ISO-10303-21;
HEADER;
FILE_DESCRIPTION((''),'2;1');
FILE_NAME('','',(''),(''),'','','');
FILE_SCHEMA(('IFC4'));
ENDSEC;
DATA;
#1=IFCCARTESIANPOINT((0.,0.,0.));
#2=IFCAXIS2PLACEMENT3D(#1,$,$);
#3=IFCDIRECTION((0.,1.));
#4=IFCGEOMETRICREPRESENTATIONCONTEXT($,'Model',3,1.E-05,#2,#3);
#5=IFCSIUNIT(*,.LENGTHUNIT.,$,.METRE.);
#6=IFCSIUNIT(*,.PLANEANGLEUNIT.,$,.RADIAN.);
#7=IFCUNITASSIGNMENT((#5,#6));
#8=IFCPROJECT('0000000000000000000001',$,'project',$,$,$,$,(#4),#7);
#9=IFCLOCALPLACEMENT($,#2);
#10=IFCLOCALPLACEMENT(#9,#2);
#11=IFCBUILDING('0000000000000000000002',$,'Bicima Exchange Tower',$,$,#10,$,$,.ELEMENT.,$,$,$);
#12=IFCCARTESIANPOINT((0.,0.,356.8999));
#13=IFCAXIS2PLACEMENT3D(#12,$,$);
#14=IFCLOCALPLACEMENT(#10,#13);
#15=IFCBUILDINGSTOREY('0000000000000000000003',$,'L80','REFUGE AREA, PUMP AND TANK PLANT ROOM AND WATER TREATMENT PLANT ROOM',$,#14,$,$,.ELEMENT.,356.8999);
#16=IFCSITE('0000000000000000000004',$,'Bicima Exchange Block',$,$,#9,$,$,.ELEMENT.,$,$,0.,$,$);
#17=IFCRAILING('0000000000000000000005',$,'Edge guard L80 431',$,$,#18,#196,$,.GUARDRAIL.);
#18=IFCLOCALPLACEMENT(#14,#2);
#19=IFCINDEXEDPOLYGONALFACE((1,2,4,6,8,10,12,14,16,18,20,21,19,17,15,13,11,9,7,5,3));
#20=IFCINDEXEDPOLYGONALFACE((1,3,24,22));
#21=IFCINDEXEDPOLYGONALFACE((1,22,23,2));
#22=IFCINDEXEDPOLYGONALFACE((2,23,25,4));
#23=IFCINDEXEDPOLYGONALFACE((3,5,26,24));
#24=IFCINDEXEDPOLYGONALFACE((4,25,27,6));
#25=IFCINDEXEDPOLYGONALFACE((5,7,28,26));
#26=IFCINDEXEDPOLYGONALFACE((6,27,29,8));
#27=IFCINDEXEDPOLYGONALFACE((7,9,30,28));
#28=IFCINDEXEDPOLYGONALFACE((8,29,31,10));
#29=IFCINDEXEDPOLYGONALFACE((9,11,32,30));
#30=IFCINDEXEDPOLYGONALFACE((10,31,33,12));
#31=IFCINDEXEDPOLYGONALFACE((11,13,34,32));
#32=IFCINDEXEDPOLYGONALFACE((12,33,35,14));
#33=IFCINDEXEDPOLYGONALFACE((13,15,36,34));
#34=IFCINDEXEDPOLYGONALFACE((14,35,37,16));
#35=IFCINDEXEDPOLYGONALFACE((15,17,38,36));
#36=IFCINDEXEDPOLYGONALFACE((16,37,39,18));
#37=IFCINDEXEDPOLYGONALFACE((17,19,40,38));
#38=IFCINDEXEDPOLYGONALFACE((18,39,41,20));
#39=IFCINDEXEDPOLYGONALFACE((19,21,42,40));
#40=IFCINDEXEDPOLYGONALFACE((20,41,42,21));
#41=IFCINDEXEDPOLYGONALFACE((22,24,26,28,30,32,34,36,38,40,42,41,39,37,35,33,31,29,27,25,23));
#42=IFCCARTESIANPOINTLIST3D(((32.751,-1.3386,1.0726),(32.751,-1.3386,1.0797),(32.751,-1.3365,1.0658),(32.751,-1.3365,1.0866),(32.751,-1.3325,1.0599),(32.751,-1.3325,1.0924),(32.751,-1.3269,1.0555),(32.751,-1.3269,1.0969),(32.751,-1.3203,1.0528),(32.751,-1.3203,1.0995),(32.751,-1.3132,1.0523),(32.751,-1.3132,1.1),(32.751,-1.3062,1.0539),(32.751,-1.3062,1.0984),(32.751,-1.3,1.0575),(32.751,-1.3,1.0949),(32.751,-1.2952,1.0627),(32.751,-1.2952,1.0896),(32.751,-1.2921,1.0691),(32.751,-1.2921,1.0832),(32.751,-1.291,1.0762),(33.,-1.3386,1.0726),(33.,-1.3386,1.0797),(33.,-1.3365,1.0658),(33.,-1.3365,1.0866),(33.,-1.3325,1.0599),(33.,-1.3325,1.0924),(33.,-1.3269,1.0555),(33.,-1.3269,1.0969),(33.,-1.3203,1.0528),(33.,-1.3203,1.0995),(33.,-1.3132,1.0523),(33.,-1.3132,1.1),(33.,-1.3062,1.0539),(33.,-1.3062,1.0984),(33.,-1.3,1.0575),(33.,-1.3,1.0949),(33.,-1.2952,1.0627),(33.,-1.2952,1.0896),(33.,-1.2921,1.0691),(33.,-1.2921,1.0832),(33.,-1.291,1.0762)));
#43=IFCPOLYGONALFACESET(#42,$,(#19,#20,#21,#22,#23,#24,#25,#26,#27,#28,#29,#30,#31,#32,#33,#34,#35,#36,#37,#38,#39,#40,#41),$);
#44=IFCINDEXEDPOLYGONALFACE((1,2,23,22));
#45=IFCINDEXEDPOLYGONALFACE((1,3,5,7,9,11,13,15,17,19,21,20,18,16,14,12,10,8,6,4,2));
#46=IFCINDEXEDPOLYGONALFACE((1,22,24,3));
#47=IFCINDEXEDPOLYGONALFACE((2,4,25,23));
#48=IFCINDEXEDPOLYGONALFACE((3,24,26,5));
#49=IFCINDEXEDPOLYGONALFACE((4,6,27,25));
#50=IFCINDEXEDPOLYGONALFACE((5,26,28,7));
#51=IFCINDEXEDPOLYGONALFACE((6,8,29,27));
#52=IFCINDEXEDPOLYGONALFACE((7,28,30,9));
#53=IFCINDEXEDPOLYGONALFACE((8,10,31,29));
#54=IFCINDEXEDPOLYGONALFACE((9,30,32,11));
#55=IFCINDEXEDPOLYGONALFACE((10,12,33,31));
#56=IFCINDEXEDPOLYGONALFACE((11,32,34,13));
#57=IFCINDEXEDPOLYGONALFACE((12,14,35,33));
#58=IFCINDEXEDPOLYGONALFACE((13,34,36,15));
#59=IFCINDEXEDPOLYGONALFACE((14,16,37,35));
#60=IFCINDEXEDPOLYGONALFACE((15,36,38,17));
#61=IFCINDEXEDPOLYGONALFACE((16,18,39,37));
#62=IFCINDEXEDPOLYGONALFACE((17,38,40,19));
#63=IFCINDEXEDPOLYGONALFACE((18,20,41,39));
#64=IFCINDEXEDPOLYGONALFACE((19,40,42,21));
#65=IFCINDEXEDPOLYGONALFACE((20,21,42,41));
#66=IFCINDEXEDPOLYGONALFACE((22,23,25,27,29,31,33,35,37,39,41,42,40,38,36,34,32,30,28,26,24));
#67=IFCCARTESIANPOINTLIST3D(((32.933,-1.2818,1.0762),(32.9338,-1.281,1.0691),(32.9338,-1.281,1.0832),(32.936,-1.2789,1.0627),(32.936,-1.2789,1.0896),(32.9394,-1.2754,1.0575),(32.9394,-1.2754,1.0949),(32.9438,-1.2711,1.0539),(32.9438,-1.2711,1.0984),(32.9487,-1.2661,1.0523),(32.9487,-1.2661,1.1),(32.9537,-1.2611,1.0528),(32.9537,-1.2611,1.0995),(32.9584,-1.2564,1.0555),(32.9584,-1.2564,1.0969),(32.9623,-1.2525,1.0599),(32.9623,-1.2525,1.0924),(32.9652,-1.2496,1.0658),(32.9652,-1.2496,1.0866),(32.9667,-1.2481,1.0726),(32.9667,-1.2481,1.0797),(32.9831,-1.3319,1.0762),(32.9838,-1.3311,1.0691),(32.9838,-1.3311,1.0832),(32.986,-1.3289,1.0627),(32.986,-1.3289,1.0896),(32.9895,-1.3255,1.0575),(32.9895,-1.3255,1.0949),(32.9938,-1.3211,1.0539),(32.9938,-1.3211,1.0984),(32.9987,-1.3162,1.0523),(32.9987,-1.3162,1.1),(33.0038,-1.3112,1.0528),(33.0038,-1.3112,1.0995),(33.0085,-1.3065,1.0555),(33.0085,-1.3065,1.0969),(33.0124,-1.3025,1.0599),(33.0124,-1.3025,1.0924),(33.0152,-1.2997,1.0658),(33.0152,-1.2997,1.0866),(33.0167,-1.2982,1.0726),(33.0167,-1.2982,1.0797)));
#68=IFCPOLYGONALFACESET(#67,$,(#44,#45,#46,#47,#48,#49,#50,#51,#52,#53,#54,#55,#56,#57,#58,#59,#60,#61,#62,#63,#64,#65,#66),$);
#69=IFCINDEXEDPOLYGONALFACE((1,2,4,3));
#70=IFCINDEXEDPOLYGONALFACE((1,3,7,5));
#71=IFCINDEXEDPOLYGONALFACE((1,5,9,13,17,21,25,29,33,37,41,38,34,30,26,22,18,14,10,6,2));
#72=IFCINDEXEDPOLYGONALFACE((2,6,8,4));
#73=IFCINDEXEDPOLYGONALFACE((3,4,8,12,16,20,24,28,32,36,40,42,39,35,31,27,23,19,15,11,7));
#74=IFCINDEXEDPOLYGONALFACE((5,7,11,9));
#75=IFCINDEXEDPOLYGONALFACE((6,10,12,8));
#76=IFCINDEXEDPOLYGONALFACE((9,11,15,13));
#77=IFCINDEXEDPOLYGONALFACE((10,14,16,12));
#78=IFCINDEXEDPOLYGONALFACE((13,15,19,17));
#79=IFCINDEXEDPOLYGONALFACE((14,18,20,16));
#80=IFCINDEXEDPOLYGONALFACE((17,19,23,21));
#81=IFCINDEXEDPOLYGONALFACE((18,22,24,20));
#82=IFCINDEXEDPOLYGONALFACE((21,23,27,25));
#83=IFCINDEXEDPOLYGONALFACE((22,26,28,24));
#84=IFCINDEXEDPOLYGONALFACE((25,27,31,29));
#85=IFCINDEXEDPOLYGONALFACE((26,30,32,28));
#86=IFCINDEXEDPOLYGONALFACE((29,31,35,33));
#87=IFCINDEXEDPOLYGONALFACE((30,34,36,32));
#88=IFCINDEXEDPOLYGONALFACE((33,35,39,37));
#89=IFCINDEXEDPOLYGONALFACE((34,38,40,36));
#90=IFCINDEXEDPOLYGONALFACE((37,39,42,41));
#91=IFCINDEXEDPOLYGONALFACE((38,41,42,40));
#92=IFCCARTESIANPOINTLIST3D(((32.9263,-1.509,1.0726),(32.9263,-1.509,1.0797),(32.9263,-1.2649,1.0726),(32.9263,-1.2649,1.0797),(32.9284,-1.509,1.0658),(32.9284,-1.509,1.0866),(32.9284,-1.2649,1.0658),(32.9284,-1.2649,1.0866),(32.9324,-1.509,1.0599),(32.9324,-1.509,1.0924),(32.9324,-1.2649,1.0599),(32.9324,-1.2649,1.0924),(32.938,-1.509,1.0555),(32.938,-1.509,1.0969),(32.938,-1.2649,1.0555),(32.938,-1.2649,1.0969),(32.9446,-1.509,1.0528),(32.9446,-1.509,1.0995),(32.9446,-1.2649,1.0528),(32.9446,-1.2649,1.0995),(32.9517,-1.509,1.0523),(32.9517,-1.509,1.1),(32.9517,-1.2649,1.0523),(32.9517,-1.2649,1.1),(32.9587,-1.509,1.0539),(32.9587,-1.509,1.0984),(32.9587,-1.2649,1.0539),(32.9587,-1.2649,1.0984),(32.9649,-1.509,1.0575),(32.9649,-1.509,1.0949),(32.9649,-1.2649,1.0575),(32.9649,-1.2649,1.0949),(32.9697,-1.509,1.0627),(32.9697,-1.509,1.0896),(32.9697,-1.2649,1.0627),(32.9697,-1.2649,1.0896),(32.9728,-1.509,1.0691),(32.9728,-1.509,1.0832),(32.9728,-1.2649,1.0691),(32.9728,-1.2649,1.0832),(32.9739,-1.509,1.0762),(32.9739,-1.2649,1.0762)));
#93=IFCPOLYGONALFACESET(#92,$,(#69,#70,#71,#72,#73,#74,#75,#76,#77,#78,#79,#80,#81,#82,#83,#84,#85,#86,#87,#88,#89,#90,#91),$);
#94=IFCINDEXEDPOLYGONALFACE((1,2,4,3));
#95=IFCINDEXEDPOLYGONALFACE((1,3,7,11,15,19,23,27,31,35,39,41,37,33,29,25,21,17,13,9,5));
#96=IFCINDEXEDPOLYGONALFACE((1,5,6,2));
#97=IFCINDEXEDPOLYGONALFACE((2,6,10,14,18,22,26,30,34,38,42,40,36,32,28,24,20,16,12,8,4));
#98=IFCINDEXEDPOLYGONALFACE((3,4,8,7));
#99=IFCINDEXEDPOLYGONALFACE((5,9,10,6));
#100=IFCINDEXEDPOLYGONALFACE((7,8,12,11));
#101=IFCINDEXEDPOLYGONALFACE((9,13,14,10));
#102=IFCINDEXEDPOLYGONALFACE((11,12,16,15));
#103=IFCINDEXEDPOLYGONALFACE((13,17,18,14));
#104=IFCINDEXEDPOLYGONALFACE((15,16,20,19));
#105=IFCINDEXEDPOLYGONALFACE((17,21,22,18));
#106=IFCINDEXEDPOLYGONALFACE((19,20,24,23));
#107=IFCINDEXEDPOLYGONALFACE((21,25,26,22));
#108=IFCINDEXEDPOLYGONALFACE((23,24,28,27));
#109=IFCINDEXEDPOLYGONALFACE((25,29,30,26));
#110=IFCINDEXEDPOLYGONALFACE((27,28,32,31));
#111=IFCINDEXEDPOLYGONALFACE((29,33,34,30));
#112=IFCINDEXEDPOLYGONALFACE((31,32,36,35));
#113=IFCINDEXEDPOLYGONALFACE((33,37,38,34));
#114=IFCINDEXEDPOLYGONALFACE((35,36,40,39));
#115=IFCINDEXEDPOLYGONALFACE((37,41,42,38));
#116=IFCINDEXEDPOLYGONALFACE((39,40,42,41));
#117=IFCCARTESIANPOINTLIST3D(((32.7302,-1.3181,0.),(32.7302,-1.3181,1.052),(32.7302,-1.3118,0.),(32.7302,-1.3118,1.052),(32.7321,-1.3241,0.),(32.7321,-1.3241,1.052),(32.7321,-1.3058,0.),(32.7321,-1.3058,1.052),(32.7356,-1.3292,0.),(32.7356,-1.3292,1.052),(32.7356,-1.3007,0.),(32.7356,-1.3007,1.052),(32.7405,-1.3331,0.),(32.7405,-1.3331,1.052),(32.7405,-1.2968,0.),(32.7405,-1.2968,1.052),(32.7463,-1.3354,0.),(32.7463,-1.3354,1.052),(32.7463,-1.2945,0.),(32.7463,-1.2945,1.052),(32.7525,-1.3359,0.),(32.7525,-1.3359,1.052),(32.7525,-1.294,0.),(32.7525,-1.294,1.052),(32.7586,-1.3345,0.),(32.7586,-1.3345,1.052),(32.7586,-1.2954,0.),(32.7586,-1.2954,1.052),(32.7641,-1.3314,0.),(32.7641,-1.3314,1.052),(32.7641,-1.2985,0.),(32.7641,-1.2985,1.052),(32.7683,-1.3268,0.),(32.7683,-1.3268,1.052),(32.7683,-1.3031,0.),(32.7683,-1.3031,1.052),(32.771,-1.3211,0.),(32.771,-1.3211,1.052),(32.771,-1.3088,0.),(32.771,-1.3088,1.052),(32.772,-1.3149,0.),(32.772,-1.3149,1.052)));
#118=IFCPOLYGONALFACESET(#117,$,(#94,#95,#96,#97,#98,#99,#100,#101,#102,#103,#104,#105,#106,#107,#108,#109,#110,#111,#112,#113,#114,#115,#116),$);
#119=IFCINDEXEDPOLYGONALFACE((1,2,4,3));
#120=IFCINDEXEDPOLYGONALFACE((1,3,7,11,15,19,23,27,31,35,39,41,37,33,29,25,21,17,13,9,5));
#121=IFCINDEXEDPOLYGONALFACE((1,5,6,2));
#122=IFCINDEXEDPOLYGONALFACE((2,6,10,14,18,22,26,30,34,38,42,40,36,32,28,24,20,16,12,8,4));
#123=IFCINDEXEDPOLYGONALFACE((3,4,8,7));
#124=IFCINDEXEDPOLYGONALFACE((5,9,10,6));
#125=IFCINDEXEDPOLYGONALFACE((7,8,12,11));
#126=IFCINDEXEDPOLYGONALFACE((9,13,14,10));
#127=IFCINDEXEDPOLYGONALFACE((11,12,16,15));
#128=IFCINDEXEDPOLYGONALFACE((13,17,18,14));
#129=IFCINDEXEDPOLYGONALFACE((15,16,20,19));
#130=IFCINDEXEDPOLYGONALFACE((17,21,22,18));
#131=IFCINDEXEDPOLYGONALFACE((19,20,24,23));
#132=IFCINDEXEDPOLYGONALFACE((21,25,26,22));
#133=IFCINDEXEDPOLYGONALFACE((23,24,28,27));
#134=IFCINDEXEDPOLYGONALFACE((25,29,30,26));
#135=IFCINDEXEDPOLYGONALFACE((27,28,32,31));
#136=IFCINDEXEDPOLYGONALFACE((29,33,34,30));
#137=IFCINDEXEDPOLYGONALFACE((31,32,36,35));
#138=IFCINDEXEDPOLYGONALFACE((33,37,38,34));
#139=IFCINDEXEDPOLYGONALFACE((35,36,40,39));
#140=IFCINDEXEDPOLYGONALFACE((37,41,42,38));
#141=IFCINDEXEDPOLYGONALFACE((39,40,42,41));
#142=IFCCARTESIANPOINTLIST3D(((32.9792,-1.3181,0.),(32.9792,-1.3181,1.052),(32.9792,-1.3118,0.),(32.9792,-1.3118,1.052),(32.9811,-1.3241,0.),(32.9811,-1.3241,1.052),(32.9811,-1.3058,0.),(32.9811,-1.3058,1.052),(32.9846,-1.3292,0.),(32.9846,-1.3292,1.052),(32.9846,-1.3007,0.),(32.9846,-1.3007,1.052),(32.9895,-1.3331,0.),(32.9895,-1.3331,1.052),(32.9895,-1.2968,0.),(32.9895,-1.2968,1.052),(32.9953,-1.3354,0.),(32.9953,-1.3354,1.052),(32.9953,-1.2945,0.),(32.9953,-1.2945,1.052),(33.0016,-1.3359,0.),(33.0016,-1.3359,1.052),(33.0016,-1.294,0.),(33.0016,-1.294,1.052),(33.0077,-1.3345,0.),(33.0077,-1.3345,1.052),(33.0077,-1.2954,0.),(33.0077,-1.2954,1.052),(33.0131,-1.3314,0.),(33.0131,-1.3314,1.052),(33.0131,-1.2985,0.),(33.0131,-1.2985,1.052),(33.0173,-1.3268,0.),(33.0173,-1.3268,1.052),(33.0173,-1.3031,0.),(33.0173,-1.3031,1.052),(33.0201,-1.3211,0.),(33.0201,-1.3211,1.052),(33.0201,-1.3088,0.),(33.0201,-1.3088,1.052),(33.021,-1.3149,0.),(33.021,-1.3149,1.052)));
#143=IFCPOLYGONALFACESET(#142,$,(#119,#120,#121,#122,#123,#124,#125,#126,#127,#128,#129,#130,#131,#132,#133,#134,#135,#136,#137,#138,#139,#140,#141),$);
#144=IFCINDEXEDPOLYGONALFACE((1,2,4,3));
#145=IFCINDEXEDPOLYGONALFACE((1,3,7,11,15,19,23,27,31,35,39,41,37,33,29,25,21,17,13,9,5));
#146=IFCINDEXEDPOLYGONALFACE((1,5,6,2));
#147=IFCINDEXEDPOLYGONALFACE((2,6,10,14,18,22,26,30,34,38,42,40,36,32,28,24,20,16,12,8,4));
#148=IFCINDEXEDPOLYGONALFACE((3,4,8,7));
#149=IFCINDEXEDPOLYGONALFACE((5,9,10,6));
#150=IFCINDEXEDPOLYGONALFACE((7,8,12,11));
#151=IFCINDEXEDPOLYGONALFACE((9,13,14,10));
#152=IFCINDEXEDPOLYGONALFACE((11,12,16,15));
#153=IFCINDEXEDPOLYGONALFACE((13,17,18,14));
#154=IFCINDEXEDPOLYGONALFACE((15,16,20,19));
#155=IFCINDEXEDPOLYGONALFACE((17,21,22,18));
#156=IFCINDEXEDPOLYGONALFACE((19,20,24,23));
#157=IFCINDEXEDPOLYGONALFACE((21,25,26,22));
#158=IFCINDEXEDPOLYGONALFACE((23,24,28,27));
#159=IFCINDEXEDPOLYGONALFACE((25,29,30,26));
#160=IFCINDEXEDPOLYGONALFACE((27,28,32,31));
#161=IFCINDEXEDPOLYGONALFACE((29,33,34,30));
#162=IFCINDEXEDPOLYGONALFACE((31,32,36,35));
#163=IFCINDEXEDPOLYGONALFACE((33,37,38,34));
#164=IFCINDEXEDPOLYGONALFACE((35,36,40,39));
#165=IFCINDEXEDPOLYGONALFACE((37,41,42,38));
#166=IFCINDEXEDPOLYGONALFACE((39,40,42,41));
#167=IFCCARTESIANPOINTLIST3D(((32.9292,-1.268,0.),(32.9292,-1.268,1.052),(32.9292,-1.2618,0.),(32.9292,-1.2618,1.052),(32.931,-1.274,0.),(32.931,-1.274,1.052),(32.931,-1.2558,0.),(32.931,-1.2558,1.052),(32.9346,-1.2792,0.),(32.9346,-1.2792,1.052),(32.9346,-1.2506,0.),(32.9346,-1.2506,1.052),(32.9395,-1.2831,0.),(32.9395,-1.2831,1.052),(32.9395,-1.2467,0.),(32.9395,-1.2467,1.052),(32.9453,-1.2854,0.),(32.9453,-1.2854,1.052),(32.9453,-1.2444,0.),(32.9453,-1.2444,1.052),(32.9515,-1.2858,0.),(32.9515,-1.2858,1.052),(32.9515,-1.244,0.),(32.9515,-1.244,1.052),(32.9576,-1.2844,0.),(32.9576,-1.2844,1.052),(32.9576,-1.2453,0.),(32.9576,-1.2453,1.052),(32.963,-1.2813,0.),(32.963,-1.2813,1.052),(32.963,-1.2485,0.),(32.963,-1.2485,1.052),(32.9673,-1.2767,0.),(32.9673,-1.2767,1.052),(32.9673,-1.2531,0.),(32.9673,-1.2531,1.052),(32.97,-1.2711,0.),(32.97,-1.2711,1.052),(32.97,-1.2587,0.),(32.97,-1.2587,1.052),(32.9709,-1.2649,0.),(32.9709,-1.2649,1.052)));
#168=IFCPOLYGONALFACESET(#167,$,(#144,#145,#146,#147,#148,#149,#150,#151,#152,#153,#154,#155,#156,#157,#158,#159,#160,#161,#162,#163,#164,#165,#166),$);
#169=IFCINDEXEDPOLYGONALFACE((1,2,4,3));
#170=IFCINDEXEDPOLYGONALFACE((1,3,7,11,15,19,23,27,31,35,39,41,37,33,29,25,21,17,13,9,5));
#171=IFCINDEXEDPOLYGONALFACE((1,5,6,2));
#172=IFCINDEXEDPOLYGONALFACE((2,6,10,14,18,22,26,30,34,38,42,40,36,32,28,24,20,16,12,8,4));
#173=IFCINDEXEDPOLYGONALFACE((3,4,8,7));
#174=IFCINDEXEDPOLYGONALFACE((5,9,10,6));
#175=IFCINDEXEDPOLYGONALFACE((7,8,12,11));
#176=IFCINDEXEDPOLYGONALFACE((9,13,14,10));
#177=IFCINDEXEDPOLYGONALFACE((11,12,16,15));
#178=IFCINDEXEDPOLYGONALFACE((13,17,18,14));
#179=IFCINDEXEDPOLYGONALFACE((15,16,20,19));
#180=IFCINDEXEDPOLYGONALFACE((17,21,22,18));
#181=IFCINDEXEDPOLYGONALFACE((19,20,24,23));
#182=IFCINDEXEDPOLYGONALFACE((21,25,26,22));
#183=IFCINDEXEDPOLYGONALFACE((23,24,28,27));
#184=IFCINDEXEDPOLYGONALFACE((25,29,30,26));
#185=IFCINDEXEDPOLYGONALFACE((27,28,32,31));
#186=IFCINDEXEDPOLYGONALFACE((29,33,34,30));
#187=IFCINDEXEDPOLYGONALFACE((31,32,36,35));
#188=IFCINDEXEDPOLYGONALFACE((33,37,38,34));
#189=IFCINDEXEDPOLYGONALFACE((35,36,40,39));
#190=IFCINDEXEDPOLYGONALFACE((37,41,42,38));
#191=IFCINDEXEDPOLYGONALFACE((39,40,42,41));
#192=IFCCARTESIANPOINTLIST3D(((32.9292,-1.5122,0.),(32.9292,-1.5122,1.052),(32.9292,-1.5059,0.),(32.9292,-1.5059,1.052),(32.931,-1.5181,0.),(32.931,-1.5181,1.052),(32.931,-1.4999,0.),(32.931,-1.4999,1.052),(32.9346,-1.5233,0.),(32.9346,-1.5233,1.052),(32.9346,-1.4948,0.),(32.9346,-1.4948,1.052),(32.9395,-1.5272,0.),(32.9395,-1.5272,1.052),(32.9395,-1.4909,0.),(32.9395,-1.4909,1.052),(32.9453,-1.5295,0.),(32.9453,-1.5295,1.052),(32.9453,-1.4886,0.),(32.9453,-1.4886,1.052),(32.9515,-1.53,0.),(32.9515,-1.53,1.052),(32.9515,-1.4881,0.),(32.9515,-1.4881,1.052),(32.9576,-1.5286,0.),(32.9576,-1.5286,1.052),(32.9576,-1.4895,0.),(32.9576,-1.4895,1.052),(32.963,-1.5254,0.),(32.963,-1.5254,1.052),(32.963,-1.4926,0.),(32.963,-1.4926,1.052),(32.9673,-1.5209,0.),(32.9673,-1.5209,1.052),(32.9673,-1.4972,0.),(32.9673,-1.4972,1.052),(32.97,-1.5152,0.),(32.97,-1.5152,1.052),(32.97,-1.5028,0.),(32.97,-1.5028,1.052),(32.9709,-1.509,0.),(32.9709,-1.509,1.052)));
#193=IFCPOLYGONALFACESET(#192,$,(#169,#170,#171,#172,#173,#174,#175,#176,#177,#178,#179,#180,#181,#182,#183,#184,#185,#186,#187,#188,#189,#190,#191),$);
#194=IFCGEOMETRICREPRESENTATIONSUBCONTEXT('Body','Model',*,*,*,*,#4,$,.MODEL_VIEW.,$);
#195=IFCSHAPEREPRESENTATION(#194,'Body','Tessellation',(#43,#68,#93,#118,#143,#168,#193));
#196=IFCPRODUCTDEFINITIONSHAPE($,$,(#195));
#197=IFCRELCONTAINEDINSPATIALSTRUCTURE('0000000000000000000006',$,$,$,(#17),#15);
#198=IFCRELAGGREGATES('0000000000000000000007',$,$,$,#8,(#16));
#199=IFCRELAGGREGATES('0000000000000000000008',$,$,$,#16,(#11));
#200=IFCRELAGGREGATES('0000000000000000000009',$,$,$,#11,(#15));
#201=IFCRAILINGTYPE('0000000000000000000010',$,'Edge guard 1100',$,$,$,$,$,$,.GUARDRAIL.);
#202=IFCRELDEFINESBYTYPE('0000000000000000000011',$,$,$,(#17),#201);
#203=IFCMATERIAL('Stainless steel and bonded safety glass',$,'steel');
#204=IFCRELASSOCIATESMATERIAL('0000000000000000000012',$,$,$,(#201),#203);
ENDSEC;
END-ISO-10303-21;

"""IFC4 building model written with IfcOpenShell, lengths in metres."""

from ifc_helpers import new_model, si_unit, direction, frame, origin, origin_2d, place, context, subcontext, project, spatial, circle, extrude, material, type_object, element, save


model = new_model("IFC4")

# Units and contexts
model_context = context("Model", 3, precision=1e-05, world=origin(), true_north=direction((0.0, 1.0)))
body_context = subcontext(model_context, "Body", "Model", "MODEL_VIEW")
ifc_project = project(units=[si_unit("LENGTHUNIT", "METRE"), si_unit("PLANEANGLEUNIT", "RADIAN")], contexts=[model_context])

# Site, building, storey
site_placement = place(None, origin())
site = spatial("IfcSite", under=ifc_project, at=site_placement, Name="Bicima Exchange Block", CompositionType="ELEMENT", RefElevation=0.0)
building_placement = place(site_placement, origin())
building = spatial("IfcBuilding", under=site, at=building_placement, Name="Bicima Exchange Tower", CompositionType="ELEMENT")
storey_placement = place(building_placement, frame((0.0, 0.0, 356.8999)))
storey = spatial("IfcBuildingStorey", under=building, at=storey_placement, Name="L80", Description="REFUGE AREA, PUMP AND TANK PLANT ROOM AND WATER TREATMENT PLANT ROOM", CompositionType="ELEMENT", Elevation=356.8999)

# Railing
ifc_material_1 = material(Name="Stainless steel and bonded safety glass", Category="steel")
railing_type = type_object("IfcRailingType", Name="Edge guard 1100", PredefinedType="GUARDRAIL", material=ifc_material_1)
railing_1_placement = place(storey_placement, frame((32.751, -1.3149, 0.0)))
element("IfcRailing", 1, at=railing_1_placement, inside=storey, type_object=railing_type, Name="Edge guard L80 431", PredefinedType="GUARDRAIL", context=body_context, shape_type="SweptSolid", body=[
    extrude(circle(Radius=0.0239, at=origin_2d()), frame((0.0, 0.0, 1.0762), z_axis=(1.0, 0.0, 0.0), x_axis=(0.0, 1.0, 0.0)), (0.0, 0.0, 1.0), 0.249),
    extrude(circle(Radius=0.0239, at=origin_2d()), frame((0.249, 0.0, 1.0762), z_axis=(-0.707107, 0.707107, 0.0), x_axis=(-0.707107, -0.707107, 0.0)), (0.0, 0.0, 1.0), 0.0708),
    extrude(circle(Radius=0.0239, at=origin_2d()), frame((0.199, 0.05, 1.0762), z_axis=(0.0, -1.0, 0.0), x_axis=(1.0, 0.0, 0.0)), (0.0, 0.0, 1.0), 0.2441),
    extrude(circle(Radius=0.021, at=origin_2d()), origin(), (0.0, 0.0, 1.0), 1.052),
    extrude(circle(Radius=0.021, at=origin_2d()), frame((0.249, 0.0, 0.0)), (0.0, 0.0, 1.0), 1.052),
    extrude(circle(Radius=0.021, at=origin_2d()), frame((0.199, 0.05, 0.0)), (0.0, 0.0, 1.0), 1.052),
    extrude(circle(Radius=0.021, at=origin_2d()), frame((0.199, -0.1941, 0.0)), (0.0, 0.0, 1.0), 1.052),
])

save(model, "model.ifc")
